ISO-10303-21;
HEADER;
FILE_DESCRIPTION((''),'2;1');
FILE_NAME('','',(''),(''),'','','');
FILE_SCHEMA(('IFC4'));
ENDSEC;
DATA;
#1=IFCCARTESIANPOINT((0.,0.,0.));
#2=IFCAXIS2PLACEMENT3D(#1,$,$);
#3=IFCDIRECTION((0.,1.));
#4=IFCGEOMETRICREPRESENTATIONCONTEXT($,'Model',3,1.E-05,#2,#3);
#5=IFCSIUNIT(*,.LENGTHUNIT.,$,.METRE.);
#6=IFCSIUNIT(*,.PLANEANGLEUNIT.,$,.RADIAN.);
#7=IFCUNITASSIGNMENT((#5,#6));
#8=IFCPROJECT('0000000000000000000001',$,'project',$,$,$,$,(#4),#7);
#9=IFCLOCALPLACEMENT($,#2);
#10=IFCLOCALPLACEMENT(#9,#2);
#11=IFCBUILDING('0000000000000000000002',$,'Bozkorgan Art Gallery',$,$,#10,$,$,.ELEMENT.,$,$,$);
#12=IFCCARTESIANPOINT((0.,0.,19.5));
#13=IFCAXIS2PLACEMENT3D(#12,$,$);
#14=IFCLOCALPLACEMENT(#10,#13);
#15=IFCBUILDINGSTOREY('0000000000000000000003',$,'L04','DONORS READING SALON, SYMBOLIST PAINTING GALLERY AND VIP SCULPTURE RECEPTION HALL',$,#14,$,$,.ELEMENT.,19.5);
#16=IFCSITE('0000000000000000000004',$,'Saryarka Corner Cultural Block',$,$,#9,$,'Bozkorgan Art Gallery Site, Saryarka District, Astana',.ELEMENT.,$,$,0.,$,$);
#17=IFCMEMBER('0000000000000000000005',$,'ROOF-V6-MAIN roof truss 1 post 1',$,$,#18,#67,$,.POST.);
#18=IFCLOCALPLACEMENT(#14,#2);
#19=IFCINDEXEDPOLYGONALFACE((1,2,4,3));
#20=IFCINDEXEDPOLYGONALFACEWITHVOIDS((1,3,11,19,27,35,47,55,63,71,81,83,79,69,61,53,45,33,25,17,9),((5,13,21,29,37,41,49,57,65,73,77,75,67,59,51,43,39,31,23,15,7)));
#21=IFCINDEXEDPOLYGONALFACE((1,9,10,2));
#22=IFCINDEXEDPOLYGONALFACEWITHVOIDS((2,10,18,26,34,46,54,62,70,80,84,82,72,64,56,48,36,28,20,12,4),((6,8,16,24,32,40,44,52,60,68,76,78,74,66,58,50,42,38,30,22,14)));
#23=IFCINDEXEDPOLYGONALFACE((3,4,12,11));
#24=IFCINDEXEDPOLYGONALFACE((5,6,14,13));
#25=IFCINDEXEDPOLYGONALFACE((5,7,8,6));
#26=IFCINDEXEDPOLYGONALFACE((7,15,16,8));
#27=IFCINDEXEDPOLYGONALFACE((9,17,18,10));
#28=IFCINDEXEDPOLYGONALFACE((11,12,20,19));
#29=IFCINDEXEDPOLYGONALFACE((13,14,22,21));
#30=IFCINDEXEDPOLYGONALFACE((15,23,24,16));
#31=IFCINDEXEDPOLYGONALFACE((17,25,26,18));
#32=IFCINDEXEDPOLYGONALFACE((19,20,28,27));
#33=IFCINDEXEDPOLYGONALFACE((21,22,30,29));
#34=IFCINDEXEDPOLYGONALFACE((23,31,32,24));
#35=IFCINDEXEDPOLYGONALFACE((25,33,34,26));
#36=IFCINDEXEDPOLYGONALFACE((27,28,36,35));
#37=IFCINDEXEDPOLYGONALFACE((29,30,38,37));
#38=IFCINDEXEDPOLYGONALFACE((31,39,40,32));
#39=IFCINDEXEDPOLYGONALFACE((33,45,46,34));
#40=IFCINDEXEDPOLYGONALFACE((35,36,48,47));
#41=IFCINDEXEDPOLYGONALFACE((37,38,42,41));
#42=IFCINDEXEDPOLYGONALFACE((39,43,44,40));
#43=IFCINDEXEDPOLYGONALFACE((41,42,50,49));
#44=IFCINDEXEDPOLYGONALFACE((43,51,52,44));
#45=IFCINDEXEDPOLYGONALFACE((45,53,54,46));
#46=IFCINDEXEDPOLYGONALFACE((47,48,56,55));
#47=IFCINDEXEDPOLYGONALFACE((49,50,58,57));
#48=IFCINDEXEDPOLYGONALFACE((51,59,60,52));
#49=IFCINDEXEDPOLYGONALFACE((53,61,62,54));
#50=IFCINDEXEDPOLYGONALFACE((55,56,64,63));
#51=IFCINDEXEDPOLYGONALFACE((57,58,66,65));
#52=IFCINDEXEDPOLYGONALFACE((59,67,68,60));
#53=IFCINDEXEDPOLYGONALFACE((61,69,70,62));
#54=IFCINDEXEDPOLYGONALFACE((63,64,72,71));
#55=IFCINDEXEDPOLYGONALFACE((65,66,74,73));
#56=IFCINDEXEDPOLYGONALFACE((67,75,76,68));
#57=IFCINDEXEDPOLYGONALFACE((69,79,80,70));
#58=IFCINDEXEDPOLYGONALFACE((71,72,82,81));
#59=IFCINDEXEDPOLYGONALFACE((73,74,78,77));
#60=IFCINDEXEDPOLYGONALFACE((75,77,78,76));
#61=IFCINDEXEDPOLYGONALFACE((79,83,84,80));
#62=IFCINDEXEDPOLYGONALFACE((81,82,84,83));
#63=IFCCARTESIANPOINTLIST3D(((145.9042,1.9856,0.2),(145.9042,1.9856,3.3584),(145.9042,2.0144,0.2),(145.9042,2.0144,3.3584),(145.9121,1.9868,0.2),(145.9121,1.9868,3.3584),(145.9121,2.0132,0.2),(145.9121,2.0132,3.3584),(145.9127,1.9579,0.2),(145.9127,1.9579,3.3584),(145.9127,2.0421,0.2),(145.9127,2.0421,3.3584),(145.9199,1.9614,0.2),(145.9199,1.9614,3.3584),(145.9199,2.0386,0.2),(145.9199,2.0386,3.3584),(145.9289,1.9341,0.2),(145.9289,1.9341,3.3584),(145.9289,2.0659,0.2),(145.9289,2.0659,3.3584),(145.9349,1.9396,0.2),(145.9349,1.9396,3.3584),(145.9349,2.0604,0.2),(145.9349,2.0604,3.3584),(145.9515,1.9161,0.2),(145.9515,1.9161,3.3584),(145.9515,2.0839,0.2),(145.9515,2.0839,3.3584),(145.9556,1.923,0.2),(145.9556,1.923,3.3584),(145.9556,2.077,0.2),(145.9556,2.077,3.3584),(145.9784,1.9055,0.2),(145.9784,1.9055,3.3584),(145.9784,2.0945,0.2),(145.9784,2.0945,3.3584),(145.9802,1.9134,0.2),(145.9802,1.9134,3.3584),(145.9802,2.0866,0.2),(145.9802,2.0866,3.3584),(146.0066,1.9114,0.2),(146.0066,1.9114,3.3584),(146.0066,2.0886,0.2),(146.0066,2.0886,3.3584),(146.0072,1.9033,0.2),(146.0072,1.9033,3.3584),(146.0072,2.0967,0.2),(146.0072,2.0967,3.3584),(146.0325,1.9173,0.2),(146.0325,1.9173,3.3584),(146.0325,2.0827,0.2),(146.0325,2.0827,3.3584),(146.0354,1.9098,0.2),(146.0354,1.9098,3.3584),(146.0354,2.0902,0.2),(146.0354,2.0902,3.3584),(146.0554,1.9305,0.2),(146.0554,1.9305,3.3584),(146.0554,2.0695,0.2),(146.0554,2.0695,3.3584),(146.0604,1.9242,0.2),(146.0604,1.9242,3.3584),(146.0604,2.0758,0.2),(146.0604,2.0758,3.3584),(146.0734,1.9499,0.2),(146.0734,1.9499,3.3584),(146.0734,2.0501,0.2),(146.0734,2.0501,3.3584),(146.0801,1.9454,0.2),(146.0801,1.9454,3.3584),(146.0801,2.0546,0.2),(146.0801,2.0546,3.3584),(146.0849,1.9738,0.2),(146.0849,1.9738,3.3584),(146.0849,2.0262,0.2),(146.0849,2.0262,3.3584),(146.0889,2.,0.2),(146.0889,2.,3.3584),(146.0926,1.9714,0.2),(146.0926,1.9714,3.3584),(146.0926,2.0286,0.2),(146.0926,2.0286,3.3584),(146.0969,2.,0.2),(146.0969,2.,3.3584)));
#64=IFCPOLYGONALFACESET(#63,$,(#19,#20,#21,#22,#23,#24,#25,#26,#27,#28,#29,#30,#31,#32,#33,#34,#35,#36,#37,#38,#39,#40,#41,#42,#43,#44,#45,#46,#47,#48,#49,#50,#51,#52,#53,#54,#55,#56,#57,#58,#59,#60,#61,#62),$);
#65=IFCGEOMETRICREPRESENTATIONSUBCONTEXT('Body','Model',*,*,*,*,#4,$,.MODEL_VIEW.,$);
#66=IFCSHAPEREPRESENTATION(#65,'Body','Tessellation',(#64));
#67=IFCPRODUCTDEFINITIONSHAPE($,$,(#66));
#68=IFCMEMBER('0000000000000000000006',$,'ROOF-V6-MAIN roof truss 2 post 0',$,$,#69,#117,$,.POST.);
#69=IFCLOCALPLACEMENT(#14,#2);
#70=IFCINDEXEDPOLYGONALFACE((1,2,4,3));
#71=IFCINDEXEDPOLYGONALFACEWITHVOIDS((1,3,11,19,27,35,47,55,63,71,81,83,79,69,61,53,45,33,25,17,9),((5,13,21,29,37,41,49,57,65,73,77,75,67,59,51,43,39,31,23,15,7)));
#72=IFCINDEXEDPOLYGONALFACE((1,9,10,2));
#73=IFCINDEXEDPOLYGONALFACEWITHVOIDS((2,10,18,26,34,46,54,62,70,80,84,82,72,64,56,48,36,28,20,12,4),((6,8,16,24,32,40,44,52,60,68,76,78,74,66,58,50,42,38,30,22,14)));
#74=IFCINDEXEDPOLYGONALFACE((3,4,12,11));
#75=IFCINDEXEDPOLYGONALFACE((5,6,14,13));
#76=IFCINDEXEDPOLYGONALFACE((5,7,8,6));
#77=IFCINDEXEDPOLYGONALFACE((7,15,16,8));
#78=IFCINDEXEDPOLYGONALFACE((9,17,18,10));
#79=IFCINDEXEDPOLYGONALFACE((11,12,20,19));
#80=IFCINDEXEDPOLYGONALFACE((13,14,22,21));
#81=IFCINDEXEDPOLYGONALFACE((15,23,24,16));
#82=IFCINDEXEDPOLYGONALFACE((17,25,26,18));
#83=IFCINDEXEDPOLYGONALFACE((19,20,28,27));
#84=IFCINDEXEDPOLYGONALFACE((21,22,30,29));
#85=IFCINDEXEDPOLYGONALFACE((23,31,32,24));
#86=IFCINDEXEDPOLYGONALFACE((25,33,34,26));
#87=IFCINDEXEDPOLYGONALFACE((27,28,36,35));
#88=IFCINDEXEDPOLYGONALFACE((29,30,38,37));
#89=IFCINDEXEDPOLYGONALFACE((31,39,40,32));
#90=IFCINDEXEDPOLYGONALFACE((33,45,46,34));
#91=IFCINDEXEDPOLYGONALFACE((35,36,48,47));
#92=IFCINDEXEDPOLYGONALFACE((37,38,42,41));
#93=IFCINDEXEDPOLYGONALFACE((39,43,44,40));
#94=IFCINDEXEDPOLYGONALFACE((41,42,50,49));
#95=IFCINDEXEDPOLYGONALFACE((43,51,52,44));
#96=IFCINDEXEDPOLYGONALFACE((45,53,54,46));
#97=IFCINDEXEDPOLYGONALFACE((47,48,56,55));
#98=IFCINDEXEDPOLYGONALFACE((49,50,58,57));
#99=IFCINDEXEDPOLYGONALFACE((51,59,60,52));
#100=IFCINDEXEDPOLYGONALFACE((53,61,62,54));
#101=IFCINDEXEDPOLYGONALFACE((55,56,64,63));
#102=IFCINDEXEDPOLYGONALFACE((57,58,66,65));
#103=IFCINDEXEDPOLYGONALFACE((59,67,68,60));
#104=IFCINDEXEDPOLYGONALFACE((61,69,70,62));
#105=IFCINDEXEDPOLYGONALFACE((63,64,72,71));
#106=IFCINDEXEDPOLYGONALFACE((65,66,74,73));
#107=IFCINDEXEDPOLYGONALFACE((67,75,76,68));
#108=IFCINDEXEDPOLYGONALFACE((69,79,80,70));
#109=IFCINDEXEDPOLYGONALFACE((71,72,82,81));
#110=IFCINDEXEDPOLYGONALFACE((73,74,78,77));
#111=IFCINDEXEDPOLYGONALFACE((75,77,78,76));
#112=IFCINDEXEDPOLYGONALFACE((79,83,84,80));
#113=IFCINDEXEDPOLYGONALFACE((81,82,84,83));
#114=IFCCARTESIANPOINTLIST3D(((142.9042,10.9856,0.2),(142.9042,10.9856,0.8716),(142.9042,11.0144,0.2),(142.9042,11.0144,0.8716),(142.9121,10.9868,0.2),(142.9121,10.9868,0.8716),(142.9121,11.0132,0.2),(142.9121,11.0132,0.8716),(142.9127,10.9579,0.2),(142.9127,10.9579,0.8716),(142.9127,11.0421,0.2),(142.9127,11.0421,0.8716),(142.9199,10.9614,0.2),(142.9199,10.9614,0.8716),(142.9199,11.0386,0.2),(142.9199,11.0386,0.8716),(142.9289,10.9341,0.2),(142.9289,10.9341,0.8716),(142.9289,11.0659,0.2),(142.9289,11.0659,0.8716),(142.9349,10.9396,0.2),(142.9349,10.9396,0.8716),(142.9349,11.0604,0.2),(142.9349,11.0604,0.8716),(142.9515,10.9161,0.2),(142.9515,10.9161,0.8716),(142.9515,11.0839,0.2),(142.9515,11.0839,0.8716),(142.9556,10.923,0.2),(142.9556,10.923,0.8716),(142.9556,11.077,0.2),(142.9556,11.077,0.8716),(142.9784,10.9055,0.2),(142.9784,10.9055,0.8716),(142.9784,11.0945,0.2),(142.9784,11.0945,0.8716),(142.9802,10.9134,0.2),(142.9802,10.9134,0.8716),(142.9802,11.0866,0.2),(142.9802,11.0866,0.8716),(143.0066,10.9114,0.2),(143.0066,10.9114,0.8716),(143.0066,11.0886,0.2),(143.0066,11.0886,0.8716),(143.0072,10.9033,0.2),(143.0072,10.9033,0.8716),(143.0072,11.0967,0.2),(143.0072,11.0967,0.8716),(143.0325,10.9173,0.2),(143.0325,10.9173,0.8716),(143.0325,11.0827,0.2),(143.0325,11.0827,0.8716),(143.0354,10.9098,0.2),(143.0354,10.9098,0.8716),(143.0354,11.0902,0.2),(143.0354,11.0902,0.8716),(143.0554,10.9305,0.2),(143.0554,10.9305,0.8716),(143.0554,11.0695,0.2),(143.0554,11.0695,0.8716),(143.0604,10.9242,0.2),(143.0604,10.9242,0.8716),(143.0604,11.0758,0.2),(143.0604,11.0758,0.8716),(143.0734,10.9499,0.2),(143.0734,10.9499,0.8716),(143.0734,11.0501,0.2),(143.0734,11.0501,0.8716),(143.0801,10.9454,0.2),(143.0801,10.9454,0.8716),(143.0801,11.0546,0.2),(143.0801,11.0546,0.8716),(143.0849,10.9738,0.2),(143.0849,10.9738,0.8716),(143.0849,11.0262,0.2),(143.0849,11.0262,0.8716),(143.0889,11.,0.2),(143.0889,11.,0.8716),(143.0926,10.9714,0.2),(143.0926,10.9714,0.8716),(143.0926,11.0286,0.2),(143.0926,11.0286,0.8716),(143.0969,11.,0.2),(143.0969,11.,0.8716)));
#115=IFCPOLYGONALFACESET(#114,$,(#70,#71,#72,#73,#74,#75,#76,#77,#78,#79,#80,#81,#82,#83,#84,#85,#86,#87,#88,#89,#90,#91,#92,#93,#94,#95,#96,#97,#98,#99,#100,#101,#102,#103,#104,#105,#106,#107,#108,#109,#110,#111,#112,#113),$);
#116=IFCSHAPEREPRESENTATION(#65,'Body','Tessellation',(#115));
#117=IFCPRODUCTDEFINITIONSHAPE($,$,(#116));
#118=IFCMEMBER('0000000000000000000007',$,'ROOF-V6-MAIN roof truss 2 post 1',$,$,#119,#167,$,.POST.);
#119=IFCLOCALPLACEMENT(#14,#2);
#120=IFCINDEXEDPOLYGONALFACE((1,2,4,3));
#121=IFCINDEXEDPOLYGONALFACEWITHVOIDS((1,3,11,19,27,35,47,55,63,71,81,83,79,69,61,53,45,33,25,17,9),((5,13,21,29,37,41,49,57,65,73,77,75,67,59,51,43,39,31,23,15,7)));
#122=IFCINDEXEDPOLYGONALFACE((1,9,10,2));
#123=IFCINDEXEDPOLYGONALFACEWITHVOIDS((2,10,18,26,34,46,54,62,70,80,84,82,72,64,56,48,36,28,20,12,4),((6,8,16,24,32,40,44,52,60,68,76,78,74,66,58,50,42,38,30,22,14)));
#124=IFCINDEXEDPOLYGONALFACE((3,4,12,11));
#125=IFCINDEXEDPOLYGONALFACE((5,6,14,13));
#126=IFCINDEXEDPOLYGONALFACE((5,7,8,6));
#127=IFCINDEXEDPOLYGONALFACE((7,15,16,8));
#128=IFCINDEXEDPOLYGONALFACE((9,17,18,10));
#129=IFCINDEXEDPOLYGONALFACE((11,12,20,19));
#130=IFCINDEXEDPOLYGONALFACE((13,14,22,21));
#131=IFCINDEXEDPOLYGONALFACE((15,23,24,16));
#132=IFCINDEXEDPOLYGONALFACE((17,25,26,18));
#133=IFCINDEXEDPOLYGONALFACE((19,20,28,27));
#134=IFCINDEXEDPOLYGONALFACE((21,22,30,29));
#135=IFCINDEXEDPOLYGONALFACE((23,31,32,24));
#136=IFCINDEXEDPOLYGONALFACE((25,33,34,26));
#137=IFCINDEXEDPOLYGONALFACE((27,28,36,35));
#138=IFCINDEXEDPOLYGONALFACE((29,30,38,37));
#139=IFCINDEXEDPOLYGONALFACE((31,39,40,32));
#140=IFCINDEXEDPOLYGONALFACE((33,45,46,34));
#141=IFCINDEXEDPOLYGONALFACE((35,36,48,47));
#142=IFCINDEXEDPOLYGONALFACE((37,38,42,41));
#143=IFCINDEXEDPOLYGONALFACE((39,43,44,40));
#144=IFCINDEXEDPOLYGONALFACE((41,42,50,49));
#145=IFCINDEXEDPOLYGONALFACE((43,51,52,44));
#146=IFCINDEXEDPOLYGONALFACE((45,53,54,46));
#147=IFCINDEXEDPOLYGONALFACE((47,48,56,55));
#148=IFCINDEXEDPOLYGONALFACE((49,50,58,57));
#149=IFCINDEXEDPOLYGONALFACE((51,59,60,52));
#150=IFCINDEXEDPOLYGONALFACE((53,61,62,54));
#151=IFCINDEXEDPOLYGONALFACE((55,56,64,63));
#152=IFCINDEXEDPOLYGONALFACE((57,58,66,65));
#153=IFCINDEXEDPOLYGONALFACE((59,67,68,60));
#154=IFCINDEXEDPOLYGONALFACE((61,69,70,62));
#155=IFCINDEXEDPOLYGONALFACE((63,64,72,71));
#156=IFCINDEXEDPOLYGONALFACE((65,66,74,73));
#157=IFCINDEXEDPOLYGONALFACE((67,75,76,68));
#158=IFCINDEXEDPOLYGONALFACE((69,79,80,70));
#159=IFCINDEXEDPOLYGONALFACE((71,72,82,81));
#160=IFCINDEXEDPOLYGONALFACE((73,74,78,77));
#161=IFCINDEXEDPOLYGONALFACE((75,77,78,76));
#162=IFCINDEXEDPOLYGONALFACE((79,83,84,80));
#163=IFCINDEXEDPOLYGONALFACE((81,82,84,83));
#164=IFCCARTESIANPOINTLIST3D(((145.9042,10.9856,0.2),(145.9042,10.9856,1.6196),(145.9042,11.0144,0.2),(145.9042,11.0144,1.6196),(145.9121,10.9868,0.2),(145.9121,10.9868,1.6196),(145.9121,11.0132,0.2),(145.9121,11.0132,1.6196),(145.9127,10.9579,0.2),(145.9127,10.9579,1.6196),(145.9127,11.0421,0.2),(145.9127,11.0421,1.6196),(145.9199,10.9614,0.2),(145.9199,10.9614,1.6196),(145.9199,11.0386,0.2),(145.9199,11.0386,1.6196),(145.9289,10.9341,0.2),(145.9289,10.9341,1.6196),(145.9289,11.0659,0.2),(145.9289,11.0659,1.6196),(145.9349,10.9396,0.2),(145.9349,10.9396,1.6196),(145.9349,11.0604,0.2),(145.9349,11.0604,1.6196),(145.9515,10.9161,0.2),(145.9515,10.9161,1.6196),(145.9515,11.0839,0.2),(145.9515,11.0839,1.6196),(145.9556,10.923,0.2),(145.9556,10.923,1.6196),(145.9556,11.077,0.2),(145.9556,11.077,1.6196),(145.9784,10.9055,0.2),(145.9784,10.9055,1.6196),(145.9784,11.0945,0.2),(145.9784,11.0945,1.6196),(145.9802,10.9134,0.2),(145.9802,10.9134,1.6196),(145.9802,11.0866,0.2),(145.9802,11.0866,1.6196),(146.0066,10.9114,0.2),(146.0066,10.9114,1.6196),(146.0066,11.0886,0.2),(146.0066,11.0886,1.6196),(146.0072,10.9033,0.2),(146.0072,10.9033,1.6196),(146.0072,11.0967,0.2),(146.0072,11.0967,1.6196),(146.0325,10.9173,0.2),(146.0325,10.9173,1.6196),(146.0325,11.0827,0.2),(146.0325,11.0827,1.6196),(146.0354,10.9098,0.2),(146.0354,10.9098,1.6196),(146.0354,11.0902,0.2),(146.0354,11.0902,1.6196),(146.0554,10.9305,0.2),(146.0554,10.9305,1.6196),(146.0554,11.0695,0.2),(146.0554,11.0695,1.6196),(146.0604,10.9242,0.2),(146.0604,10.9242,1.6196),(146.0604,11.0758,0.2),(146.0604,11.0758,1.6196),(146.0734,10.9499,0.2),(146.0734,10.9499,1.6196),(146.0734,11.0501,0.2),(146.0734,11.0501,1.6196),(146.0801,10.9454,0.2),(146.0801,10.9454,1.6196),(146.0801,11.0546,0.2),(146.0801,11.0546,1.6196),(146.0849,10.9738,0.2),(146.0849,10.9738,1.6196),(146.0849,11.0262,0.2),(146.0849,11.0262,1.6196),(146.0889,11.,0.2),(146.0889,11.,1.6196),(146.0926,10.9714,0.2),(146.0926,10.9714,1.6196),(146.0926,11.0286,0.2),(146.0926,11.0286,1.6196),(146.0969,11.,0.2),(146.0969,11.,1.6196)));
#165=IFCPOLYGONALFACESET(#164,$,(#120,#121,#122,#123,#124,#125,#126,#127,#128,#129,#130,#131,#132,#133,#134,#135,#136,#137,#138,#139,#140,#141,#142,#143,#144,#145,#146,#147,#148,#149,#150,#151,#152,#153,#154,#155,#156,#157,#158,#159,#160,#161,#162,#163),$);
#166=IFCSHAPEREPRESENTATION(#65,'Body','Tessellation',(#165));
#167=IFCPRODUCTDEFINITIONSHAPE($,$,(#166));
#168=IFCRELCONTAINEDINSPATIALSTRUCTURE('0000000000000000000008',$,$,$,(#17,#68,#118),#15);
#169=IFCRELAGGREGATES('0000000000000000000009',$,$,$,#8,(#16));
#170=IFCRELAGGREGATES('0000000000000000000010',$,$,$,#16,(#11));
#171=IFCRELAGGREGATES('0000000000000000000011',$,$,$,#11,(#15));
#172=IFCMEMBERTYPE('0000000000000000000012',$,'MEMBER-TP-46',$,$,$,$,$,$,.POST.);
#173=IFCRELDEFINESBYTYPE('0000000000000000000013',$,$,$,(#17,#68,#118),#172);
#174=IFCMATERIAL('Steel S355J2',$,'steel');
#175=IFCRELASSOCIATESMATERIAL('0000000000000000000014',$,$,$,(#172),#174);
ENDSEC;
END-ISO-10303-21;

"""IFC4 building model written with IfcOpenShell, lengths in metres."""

from ifc_helpers import new_model, si_unit, direction, frame, origin, origin_2d, place, context, subcontext, project, spatial, hollow_circle, extrude, material, material_profile, profile_set, type_object, element, save


model = new_model("IFC4")

# Units and contexts
model_context = context("Model", 3, precision=1e-05, world=origin(), true_north=direction((0.0, 1.0)))
body_context = subcontext(model_context, "Body", "Model", "MODEL_VIEW")
ifc_project = project(units=[si_unit("LENGTHUNIT", "METRE"), si_unit("PLANEANGLEUNIT", "RADIAN")], contexts=[model_context])

# Site, building, storey
site_placement = place(None, origin())
site = spatial("IfcSite", under=ifc_project, at=site_placement, Name="Saryarka Corner Cultural Block", LongName="Bozkorgan Art Gallery Site, Saryarka District, Astana", CompositionType="ELEMENT", RefElevation=0.0)
building_placement = place(site_placement, origin())
building = spatial("IfcBuilding", under=site, at=building_placement, Name="Bozkorgan Art Gallery", CompositionType="ELEMENT")
storey_placement = place(building_placement, frame((0.0, 0.0, 19.5)))
storey = spatial("IfcBuildingStorey", under=building, at=storey_placement, Name="L04", Description="DONORS READING SALON, SYMBOLIST PAINTING GALLERY AND VIP SCULPTURE RECEPTION HALL", CompositionType="ELEMENT", Elevation=19.5)

# Shared definitions
ifc_material_1 = material(Name="Steel S355J2", Category="steel")

# Members
ifc_material_profile_1 = material_profile(ifc_material_1, hollow_circle(Radius=0.0969, WallThickness=0.0081, at=origin_2d()), Name="CHS 193.7x8")
ifc_profile_set_1 = profile_set([ifc_material_profile_1], Name="Steel S355J2")
member_type_1 = type_object("IfcMemberType", Name="MEMBER-TP-46", PredefinedType="POST", material=ifc_profile_set_1)
member_1_placement = place(storey_placement, frame((146.0, 2.0, 0.2), z_axis=(0.0, 0.0, 1.0), x_axis=(1.0, 0.0, 0.0)))
element("IfcMember", 1, at=member_1_placement, inside=storey, type_object=member_type_1, Name="ROOF-V6-MAIN roof truss 1 post 1", PredefinedType="POST", context=body_context, shape_type="SweptSolid", body=[
    extrude(hollow_circle(Radius=0.0969, WallThickness=0.0081, at=origin_2d()), origin(), (0.0, 0.0, 1.0), 3.1584),
])
member_2_placement = place(storey_placement, frame((143.0, 11.0, 0.2), z_axis=(0.0, 0.0, 1.0), x_axis=(1.0, 0.0, 0.0)))
element("IfcMember", 2, at=member_2_placement, inside=storey, type_object=member_type_1, Name="ROOF-V6-MAIN roof truss 2 post 0", PredefinedType="POST", context=body_context, shape_type="SweptSolid", body=[
    extrude(hollow_circle(Radius=0.0969, WallThickness=0.0081, at=origin_2d()), origin(), (0.0, 0.0, 1.0), 0.6716),
])
member_3_placement = place(storey_placement, frame((146.0, 11.0, 0.2), z_axis=(0.0, 0.0, 1.0), x_axis=(1.0, 0.0, 0.0)))
element("IfcMember", 3, at=member_3_placement, inside=storey, type_object=member_type_1, Name="ROOF-V6-MAIN roof truss 2 post 1", PredefinedType="POST", context=body_context, shape_type="SweptSolid", body=[
    extrude(hollow_circle(Radius=0.0969, WallThickness=0.0081, at=origin_2d()), origin(), (0.0, 0.0, 1.0), 1.4197),
])

save(model, "model.ifc")
